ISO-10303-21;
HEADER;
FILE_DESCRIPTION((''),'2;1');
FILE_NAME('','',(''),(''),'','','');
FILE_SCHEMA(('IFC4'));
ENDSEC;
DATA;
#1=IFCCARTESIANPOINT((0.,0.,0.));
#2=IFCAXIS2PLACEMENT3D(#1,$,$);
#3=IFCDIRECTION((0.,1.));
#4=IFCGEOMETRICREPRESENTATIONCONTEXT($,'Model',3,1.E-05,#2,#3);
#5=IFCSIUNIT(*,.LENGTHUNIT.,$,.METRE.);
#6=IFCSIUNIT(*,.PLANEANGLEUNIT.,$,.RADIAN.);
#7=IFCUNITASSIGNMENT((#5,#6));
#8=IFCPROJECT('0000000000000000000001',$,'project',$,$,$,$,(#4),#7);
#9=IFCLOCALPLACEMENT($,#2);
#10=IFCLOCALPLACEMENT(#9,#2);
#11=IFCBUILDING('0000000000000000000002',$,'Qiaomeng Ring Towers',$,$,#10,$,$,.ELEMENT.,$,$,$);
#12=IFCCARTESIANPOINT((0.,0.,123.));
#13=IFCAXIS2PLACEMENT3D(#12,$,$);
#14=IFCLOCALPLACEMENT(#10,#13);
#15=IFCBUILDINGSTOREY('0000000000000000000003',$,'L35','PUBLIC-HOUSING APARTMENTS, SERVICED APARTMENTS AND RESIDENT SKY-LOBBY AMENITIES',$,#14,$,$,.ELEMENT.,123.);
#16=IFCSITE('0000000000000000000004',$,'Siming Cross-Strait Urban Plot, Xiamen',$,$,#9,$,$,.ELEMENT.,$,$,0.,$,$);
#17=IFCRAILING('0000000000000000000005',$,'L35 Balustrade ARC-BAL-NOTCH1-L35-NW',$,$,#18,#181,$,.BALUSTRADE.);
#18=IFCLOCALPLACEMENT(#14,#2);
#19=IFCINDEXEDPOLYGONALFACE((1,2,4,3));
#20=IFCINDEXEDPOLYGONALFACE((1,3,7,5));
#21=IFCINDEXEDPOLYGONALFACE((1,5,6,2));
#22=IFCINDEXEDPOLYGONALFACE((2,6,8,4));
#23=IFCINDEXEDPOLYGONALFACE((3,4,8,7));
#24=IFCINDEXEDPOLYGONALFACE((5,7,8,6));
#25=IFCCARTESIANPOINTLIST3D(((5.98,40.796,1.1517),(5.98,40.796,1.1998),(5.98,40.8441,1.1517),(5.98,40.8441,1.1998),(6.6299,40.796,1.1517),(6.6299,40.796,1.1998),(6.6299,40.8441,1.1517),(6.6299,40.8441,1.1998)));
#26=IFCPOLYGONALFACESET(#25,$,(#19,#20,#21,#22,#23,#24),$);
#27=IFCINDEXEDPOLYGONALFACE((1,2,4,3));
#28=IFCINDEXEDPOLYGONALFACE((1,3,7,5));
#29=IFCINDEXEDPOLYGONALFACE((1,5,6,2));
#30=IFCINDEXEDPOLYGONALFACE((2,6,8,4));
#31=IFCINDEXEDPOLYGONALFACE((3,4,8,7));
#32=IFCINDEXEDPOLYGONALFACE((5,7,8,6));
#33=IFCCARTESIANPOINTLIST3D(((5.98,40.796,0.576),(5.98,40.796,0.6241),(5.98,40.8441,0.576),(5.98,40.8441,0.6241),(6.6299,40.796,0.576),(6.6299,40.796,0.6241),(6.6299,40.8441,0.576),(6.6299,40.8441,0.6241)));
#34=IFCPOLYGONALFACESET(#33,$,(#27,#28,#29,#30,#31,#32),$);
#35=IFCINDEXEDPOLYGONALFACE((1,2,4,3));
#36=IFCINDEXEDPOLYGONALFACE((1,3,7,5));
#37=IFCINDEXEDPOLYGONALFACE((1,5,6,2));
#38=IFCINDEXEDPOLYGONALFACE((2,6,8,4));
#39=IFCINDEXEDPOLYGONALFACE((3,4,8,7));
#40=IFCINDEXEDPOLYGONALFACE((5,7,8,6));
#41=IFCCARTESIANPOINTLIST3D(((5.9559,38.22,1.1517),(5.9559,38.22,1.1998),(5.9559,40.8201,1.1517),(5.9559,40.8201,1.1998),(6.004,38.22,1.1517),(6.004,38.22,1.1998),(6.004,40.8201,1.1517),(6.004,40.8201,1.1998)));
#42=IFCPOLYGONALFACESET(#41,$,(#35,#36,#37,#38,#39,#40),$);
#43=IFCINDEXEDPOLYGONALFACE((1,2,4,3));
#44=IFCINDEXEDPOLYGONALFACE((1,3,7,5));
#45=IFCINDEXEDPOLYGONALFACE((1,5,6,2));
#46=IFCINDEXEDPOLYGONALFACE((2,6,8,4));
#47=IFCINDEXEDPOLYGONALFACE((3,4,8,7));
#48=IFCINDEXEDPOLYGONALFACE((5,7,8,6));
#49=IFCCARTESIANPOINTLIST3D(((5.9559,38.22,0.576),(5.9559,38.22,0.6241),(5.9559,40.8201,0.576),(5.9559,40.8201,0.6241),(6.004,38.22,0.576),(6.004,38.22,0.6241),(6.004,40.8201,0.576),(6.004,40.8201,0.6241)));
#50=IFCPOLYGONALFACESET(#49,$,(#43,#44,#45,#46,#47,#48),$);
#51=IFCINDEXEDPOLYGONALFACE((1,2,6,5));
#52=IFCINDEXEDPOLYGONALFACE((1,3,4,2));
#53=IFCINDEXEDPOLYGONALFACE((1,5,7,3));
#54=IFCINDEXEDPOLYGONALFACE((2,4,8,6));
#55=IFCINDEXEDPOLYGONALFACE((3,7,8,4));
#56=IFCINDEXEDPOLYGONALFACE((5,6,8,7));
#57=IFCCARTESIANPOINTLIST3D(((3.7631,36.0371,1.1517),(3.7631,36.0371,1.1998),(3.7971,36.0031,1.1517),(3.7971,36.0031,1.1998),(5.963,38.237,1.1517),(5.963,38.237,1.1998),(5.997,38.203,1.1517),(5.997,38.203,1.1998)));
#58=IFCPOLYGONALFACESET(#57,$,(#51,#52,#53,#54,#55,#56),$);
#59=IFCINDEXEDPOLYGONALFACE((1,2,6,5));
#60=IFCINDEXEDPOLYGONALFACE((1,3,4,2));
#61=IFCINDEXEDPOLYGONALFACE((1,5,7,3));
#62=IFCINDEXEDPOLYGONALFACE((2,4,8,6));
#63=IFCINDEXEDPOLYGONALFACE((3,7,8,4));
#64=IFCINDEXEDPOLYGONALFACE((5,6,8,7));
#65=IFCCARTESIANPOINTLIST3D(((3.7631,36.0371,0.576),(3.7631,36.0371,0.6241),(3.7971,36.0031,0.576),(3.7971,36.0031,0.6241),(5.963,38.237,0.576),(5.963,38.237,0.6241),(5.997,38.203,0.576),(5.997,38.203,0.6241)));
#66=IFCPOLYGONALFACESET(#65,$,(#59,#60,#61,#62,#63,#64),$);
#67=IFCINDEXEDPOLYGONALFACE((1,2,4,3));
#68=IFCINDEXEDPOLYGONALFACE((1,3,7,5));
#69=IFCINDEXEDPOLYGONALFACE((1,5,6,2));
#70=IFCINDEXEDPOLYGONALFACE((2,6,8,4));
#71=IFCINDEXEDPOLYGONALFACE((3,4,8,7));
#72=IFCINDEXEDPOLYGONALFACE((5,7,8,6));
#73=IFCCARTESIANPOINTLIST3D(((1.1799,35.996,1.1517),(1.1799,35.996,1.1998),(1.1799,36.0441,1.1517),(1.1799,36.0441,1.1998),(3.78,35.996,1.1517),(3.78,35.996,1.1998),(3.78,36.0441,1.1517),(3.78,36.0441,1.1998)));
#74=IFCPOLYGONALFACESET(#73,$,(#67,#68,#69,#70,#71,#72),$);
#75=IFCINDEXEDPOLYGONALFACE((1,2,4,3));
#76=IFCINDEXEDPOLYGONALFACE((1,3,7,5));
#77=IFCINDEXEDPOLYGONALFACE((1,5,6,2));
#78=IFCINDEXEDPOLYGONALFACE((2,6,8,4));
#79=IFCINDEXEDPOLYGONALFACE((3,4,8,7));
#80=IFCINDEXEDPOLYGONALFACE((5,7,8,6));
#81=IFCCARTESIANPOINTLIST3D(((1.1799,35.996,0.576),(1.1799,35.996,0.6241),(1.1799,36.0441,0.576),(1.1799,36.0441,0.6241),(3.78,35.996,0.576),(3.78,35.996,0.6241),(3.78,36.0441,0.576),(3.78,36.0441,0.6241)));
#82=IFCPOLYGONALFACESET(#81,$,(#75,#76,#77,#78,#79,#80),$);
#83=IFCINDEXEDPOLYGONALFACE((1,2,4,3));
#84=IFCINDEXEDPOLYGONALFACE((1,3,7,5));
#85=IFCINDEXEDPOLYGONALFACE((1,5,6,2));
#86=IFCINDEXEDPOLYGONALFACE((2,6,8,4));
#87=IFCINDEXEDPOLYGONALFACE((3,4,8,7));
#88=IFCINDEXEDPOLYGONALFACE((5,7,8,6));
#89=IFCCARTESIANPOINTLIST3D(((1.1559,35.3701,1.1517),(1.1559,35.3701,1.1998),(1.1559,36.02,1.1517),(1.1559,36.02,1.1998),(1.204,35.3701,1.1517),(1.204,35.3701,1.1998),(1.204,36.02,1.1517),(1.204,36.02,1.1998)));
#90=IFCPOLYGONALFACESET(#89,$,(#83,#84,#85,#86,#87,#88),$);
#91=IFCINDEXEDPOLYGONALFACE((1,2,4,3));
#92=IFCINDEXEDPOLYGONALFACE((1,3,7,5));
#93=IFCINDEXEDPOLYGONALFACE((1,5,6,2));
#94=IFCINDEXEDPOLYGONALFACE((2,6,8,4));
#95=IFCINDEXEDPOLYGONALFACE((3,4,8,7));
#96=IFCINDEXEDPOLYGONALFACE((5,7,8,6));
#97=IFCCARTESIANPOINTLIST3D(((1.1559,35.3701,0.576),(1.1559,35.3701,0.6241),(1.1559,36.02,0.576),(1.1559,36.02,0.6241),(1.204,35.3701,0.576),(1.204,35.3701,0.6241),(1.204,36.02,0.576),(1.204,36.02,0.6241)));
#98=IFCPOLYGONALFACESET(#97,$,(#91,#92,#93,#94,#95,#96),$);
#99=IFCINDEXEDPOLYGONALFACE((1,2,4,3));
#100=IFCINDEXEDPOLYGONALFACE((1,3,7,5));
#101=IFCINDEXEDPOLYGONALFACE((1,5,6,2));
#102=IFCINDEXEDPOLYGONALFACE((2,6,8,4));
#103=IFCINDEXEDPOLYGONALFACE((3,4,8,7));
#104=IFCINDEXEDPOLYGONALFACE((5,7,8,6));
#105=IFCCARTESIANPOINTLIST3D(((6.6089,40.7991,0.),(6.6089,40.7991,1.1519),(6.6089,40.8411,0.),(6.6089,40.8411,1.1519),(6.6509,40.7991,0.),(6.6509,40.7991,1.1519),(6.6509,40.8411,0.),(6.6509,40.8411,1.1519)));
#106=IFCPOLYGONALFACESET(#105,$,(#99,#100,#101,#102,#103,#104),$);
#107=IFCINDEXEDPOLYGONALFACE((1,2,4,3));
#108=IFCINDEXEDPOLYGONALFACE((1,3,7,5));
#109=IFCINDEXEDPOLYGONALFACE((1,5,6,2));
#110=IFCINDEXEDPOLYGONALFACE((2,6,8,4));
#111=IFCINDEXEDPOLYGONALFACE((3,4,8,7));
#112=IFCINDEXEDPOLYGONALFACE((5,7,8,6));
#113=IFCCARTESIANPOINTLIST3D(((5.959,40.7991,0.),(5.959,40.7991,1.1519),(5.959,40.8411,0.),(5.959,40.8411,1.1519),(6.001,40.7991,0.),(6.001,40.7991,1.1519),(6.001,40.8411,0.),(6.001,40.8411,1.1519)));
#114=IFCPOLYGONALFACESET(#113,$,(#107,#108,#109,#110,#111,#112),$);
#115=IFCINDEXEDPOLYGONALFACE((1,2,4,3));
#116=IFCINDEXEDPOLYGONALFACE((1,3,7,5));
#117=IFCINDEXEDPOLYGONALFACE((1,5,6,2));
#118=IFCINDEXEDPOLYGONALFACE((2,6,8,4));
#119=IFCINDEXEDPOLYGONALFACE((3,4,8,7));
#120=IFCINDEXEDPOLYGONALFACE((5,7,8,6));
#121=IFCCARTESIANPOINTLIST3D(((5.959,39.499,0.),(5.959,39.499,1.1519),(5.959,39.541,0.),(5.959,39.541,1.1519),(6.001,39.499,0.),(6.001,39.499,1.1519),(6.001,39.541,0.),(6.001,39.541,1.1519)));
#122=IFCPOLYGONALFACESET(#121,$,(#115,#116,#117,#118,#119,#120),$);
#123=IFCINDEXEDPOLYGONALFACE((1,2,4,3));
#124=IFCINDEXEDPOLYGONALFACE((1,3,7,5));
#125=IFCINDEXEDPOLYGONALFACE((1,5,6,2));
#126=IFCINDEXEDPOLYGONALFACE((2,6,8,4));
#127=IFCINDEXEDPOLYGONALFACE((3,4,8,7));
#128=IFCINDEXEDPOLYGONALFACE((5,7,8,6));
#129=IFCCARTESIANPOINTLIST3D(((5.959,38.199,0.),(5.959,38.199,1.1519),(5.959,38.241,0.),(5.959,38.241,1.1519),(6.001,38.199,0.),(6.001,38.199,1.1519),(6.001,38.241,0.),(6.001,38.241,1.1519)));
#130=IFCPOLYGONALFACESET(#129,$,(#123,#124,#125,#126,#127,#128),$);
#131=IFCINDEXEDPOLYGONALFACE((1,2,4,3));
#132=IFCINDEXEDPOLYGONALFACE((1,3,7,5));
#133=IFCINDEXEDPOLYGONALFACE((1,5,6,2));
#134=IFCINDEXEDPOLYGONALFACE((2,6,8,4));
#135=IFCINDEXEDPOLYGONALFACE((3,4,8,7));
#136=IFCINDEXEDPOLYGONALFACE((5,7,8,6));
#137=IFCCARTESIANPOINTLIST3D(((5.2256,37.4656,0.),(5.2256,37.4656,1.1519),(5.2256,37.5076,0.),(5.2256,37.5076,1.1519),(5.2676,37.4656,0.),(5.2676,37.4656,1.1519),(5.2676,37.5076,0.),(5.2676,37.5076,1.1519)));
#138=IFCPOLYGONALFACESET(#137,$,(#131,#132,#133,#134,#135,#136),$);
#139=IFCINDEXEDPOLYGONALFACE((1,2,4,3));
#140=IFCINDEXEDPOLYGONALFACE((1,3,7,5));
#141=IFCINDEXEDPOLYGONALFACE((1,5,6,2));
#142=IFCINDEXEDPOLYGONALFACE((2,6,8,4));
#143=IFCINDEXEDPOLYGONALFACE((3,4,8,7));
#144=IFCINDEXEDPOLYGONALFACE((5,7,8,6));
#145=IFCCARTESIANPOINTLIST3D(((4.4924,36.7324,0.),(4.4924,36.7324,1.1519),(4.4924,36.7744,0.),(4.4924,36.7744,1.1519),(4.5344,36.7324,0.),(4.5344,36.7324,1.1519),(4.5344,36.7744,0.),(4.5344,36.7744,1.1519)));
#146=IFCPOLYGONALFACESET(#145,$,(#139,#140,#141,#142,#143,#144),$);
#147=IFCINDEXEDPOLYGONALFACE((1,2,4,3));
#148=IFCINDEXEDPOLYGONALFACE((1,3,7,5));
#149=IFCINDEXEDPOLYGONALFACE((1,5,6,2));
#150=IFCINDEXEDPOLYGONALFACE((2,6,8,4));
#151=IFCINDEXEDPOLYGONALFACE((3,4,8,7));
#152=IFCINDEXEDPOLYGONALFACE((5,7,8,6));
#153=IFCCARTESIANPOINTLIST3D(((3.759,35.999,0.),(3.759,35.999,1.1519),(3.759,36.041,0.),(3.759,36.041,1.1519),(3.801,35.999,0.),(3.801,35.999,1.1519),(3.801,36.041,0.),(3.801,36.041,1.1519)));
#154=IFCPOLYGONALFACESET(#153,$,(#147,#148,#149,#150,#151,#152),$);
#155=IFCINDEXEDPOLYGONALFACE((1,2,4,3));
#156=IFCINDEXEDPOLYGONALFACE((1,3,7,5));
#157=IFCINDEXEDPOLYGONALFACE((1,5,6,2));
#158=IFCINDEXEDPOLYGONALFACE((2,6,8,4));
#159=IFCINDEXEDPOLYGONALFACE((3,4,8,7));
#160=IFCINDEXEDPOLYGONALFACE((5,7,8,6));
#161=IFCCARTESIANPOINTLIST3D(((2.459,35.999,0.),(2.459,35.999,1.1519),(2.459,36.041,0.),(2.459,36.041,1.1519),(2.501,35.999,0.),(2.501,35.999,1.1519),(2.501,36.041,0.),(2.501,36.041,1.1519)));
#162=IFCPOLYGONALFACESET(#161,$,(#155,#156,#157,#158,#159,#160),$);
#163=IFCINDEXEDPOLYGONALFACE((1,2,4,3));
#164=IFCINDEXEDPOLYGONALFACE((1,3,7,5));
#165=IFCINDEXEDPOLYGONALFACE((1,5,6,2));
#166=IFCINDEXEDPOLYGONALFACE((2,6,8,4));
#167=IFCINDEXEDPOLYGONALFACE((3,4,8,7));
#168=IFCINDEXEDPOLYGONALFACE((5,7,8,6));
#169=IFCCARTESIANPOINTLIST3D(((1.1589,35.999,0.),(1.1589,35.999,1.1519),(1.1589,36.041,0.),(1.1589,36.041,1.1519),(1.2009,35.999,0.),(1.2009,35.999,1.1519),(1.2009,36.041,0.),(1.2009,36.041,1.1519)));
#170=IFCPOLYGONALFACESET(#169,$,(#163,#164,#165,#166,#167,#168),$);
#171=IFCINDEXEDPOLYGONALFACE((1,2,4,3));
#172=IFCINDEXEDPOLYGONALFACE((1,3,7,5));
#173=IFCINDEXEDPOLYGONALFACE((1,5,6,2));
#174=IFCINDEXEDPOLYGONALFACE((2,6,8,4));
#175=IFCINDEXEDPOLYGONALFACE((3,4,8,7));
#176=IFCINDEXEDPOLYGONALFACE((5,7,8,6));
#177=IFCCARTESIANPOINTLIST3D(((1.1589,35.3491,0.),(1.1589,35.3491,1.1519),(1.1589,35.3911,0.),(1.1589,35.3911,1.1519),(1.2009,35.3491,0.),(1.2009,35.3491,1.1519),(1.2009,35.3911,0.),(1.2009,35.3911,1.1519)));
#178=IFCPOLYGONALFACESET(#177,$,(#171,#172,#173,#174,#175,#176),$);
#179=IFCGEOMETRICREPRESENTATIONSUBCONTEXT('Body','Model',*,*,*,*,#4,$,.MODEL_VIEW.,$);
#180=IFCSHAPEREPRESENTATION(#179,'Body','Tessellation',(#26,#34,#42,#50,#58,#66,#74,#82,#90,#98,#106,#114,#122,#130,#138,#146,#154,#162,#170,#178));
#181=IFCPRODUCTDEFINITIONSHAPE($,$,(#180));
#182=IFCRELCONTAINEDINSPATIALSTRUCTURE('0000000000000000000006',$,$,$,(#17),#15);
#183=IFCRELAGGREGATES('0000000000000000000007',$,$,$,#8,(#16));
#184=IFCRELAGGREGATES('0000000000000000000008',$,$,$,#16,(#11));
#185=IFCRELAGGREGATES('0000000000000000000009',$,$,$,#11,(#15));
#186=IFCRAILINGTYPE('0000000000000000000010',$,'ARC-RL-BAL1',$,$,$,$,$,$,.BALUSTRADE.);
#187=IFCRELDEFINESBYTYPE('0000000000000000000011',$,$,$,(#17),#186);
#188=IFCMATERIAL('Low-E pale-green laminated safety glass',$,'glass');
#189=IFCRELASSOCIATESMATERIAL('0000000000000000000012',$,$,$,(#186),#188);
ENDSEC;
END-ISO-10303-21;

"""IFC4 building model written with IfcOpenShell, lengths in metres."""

from ifc_helpers import new_model, si_unit, direction, frame, origin, origin_2d, place, context, subcontext, project, spatial, rectangle, extrude, material, type_object, element, save


model = new_model("IFC4")

# Units and contexts
model_context = context("Model", 3, precision=1e-05, world=origin(), true_north=direction((0.0, 1.0)))
body_context = subcontext(model_context, "Body", "Model", "MODEL_VIEW")
ifc_project = project(units=[si_unit("LENGTHUNIT", "METRE"), si_unit("PLANEANGLEUNIT", "RADIAN")], contexts=[model_context])

# Site, building, storey
site_placement = place(None, origin())
site = spatial("IfcSite", under=ifc_project, at=site_placement, Name="Siming Cross-Strait Urban Plot, Xiamen", CompositionType="ELEMENT", RefElevation=0.0)
building_placement = place(site_placement, origin())
building = spatial("IfcBuilding", under=site, at=building_placement, Name="Qiaomeng Ring Towers", CompositionType="ELEMENT")
storey_placement = place(building_placement, frame((0.0, 0.0, 123.0)))
storey = spatial("IfcBuildingStorey", under=building, at=storey_placement, Name="L35", Description="PUBLIC-HOUSING APARTMENTS, SERVICED APARTMENTS AND RESIDENT SKY-LOBBY AMENITIES", CompositionType="ELEMENT", Elevation=123.0)

# Railing
ifc_material_1 = material(Name="Low-E pale-green laminated safety glass", Category="glass")
railing_type = type_object("IfcRailingType", Name="ARC-RL-BAL1", PredefinedType="BALUSTRADE", material=ifc_material_1)
railing_placement = place(storey_placement, frame((6.6299, 40.8201, 0.0)))
element("IfcRailing", 1, at=railing_placement, inside=storey, type_object=railing_type, Name="L35 Balustrade ARC-BAL-NOTCH1-L35-NW", PredefinedType="BALUSTRADE", context=body_context, shape_type="SweptSolid", body=[
    extrude(rectangle(XDim=0.0481, YDim=0.0481, at=origin_2d()), frame((0.0, 0.0, 1.1758), z_axis=(-1.0, 0.0, 0.0), x_axis=(0.0, -1.0, 0.0)), (0.0, 0.0, 1.0), 0.6499),
    extrude(rectangle(XDim=0.0481, YDim=0.0481, at=origin_2d()), frame((0.0, 0.0, 0.6001), z_axis=(-1.0, 0.0, 0.0), x_axis=(0.0, -1.0, 0.0)), (0.0, 0.0, 1.0), 0.6499),
    extrude(rectangle(XDim=0.0481, YDim=0.0481, at=origin_2d()), frame((-0.6499, 0.0, 1.1758), z_axis=(0.0, -1.0, 0.0), x_axis=(1.0, 0.0, 0.0)), (0.0, 0.0, 1.0), 2.6001),
    extrude(rectangle(XDim=0.0481, YDim=0.0481, at=origin_2d()), frame((-0.6499, 0.0, 0.6001), z_axis=(0.0, -1.0, 0.0), x_axis=(1.0, 0.0, 0.0)), (0.0, 0.0, 1.0), 2.6001),
    extrude(rectangle(XDim=0.0481, YDim=0.0481, at=origin_2d()), frame((-0.6499, -2.6001, 1.1758), z_axis=(-0.707107, -0.707107, 0.0), x_axis=(0.707107, -0.707107, 0.0)), (0.0, 0.0, 1.0), 3.1111),
    extrude(rectangle(XDim=0.0481, YDim=0.0481, at=origin_2d()), frame((-0.6499, -2.6001, 0.6001), z_axis=(-0.707107, -0.707107, 0.0), x_axis=(0.707107, -0.707107, 0.0)), (0.0, 0.0, 1.0), 3.1111),
    extrude(rectangle(XDim=0.0481, YDim=0.0481, at=origin_2d()), frame((-2.8499, -4.8, 1.1758), z_axis=(-1.0, 0.0, 0.0), x_axis=(0.0, -1.0, 0.0)), (0.0, 0.0, 1.0), 2.6001),
    extrude(rectangle(XDim=0.0481, YDim=0.0481, at=origin_2d()), frame((-2.8499, -4.8, 0.6001), z_axis=(-1.0, 0.0, 0.0), x_axis=(0.0, -1.0, 0.0)), (0.0, 0.0, 1.0), 2.6001),
    extrude(rectangle(XDim=0.0481, YDim=0.0481, at=origin_2d()), frame((-5.45, -4.8, 1.1758), z_axis=(0.0, -1.0, 0.0), x_axis=(1.0, 0.0, 0.0)), (0.0, 0.0, 1.0), 0.6499),
    extrude(rectangle(XDim=0.0481, YDim=0.0481, at=origin_2d()), frame((-5.45, -4.8, 0.6001), z_axis=(0.0, -1.0, 0.0), x_axis=(1.0, 0.0, 0.0)), (0.0, 0.0, 1.0), 0.6499),
    extrude(rectangle(XDim=0.042, YDim=0.042, at=origin_2d()), origin(), (0.0, 0.0, 1.0), 1.1519),
    extrude(rectangle(XDim=0.042, YDim=0.042, at=origin_2d()), frame((-0.6499, 0.0, 0.0)), (0.0, 0.0, 1.0), 1.1519),
    extrude(rectangle(XDim=0.042, YDim=0.042, at=origin_2d()), frame((-0.6499, -1.3, 0.0)), (0.0, 0.0, 1.0), 1.1519),
    extrude(rectangle(XDim=0.042, YDim=0.042, at=origin_2d()), frame((-0.6499, -2.6001, 0.0)), (0.0, 0.0, 1.0), 1.1519),
    extrude(rectangle(XDim=0.042, YDim=0.042, at=origin_2d()), frame((-1.3833, -3.3335, 0.0)), (0.0, 0.0, 1.0), 1.1519),
    extrude(rectangle(XDim=0.042, YDim=0.042, at=origin_2d()), frame((-2.1165, -4.0667, 0.0)), (0.0, 0.0, 1.0), 1.1519),
    extrude(rectangle(XDim=0.042, YDim=0.042, at=origin_2d()), frame((-2.8499, -4.8, 0.0)), (0.0, 0.0, 1.0), 1.1519),
    extrude(rectangle(XDim=0.042, YDim=0.042, at=origin_2d()), frame((-4.1499, -4.8, 0.0)), (0.0, 0.0, 1.0), 1.1519),
    extrude(rectangle(XDim=0.042, YDim=0.042, at=origin_2d()), frame((-5.45, -4.8, 0.0)), (0.0, 0.0, 1.0), 1.1519),
    extrude(rectangle(XDim=0.042, YDim=0.042, at=origin_2d()), frame((-5.45, -5.45, 0.0)), (0.0, 0.0, 1.0), 1.1519),
])

save(model, "model.ifc")
